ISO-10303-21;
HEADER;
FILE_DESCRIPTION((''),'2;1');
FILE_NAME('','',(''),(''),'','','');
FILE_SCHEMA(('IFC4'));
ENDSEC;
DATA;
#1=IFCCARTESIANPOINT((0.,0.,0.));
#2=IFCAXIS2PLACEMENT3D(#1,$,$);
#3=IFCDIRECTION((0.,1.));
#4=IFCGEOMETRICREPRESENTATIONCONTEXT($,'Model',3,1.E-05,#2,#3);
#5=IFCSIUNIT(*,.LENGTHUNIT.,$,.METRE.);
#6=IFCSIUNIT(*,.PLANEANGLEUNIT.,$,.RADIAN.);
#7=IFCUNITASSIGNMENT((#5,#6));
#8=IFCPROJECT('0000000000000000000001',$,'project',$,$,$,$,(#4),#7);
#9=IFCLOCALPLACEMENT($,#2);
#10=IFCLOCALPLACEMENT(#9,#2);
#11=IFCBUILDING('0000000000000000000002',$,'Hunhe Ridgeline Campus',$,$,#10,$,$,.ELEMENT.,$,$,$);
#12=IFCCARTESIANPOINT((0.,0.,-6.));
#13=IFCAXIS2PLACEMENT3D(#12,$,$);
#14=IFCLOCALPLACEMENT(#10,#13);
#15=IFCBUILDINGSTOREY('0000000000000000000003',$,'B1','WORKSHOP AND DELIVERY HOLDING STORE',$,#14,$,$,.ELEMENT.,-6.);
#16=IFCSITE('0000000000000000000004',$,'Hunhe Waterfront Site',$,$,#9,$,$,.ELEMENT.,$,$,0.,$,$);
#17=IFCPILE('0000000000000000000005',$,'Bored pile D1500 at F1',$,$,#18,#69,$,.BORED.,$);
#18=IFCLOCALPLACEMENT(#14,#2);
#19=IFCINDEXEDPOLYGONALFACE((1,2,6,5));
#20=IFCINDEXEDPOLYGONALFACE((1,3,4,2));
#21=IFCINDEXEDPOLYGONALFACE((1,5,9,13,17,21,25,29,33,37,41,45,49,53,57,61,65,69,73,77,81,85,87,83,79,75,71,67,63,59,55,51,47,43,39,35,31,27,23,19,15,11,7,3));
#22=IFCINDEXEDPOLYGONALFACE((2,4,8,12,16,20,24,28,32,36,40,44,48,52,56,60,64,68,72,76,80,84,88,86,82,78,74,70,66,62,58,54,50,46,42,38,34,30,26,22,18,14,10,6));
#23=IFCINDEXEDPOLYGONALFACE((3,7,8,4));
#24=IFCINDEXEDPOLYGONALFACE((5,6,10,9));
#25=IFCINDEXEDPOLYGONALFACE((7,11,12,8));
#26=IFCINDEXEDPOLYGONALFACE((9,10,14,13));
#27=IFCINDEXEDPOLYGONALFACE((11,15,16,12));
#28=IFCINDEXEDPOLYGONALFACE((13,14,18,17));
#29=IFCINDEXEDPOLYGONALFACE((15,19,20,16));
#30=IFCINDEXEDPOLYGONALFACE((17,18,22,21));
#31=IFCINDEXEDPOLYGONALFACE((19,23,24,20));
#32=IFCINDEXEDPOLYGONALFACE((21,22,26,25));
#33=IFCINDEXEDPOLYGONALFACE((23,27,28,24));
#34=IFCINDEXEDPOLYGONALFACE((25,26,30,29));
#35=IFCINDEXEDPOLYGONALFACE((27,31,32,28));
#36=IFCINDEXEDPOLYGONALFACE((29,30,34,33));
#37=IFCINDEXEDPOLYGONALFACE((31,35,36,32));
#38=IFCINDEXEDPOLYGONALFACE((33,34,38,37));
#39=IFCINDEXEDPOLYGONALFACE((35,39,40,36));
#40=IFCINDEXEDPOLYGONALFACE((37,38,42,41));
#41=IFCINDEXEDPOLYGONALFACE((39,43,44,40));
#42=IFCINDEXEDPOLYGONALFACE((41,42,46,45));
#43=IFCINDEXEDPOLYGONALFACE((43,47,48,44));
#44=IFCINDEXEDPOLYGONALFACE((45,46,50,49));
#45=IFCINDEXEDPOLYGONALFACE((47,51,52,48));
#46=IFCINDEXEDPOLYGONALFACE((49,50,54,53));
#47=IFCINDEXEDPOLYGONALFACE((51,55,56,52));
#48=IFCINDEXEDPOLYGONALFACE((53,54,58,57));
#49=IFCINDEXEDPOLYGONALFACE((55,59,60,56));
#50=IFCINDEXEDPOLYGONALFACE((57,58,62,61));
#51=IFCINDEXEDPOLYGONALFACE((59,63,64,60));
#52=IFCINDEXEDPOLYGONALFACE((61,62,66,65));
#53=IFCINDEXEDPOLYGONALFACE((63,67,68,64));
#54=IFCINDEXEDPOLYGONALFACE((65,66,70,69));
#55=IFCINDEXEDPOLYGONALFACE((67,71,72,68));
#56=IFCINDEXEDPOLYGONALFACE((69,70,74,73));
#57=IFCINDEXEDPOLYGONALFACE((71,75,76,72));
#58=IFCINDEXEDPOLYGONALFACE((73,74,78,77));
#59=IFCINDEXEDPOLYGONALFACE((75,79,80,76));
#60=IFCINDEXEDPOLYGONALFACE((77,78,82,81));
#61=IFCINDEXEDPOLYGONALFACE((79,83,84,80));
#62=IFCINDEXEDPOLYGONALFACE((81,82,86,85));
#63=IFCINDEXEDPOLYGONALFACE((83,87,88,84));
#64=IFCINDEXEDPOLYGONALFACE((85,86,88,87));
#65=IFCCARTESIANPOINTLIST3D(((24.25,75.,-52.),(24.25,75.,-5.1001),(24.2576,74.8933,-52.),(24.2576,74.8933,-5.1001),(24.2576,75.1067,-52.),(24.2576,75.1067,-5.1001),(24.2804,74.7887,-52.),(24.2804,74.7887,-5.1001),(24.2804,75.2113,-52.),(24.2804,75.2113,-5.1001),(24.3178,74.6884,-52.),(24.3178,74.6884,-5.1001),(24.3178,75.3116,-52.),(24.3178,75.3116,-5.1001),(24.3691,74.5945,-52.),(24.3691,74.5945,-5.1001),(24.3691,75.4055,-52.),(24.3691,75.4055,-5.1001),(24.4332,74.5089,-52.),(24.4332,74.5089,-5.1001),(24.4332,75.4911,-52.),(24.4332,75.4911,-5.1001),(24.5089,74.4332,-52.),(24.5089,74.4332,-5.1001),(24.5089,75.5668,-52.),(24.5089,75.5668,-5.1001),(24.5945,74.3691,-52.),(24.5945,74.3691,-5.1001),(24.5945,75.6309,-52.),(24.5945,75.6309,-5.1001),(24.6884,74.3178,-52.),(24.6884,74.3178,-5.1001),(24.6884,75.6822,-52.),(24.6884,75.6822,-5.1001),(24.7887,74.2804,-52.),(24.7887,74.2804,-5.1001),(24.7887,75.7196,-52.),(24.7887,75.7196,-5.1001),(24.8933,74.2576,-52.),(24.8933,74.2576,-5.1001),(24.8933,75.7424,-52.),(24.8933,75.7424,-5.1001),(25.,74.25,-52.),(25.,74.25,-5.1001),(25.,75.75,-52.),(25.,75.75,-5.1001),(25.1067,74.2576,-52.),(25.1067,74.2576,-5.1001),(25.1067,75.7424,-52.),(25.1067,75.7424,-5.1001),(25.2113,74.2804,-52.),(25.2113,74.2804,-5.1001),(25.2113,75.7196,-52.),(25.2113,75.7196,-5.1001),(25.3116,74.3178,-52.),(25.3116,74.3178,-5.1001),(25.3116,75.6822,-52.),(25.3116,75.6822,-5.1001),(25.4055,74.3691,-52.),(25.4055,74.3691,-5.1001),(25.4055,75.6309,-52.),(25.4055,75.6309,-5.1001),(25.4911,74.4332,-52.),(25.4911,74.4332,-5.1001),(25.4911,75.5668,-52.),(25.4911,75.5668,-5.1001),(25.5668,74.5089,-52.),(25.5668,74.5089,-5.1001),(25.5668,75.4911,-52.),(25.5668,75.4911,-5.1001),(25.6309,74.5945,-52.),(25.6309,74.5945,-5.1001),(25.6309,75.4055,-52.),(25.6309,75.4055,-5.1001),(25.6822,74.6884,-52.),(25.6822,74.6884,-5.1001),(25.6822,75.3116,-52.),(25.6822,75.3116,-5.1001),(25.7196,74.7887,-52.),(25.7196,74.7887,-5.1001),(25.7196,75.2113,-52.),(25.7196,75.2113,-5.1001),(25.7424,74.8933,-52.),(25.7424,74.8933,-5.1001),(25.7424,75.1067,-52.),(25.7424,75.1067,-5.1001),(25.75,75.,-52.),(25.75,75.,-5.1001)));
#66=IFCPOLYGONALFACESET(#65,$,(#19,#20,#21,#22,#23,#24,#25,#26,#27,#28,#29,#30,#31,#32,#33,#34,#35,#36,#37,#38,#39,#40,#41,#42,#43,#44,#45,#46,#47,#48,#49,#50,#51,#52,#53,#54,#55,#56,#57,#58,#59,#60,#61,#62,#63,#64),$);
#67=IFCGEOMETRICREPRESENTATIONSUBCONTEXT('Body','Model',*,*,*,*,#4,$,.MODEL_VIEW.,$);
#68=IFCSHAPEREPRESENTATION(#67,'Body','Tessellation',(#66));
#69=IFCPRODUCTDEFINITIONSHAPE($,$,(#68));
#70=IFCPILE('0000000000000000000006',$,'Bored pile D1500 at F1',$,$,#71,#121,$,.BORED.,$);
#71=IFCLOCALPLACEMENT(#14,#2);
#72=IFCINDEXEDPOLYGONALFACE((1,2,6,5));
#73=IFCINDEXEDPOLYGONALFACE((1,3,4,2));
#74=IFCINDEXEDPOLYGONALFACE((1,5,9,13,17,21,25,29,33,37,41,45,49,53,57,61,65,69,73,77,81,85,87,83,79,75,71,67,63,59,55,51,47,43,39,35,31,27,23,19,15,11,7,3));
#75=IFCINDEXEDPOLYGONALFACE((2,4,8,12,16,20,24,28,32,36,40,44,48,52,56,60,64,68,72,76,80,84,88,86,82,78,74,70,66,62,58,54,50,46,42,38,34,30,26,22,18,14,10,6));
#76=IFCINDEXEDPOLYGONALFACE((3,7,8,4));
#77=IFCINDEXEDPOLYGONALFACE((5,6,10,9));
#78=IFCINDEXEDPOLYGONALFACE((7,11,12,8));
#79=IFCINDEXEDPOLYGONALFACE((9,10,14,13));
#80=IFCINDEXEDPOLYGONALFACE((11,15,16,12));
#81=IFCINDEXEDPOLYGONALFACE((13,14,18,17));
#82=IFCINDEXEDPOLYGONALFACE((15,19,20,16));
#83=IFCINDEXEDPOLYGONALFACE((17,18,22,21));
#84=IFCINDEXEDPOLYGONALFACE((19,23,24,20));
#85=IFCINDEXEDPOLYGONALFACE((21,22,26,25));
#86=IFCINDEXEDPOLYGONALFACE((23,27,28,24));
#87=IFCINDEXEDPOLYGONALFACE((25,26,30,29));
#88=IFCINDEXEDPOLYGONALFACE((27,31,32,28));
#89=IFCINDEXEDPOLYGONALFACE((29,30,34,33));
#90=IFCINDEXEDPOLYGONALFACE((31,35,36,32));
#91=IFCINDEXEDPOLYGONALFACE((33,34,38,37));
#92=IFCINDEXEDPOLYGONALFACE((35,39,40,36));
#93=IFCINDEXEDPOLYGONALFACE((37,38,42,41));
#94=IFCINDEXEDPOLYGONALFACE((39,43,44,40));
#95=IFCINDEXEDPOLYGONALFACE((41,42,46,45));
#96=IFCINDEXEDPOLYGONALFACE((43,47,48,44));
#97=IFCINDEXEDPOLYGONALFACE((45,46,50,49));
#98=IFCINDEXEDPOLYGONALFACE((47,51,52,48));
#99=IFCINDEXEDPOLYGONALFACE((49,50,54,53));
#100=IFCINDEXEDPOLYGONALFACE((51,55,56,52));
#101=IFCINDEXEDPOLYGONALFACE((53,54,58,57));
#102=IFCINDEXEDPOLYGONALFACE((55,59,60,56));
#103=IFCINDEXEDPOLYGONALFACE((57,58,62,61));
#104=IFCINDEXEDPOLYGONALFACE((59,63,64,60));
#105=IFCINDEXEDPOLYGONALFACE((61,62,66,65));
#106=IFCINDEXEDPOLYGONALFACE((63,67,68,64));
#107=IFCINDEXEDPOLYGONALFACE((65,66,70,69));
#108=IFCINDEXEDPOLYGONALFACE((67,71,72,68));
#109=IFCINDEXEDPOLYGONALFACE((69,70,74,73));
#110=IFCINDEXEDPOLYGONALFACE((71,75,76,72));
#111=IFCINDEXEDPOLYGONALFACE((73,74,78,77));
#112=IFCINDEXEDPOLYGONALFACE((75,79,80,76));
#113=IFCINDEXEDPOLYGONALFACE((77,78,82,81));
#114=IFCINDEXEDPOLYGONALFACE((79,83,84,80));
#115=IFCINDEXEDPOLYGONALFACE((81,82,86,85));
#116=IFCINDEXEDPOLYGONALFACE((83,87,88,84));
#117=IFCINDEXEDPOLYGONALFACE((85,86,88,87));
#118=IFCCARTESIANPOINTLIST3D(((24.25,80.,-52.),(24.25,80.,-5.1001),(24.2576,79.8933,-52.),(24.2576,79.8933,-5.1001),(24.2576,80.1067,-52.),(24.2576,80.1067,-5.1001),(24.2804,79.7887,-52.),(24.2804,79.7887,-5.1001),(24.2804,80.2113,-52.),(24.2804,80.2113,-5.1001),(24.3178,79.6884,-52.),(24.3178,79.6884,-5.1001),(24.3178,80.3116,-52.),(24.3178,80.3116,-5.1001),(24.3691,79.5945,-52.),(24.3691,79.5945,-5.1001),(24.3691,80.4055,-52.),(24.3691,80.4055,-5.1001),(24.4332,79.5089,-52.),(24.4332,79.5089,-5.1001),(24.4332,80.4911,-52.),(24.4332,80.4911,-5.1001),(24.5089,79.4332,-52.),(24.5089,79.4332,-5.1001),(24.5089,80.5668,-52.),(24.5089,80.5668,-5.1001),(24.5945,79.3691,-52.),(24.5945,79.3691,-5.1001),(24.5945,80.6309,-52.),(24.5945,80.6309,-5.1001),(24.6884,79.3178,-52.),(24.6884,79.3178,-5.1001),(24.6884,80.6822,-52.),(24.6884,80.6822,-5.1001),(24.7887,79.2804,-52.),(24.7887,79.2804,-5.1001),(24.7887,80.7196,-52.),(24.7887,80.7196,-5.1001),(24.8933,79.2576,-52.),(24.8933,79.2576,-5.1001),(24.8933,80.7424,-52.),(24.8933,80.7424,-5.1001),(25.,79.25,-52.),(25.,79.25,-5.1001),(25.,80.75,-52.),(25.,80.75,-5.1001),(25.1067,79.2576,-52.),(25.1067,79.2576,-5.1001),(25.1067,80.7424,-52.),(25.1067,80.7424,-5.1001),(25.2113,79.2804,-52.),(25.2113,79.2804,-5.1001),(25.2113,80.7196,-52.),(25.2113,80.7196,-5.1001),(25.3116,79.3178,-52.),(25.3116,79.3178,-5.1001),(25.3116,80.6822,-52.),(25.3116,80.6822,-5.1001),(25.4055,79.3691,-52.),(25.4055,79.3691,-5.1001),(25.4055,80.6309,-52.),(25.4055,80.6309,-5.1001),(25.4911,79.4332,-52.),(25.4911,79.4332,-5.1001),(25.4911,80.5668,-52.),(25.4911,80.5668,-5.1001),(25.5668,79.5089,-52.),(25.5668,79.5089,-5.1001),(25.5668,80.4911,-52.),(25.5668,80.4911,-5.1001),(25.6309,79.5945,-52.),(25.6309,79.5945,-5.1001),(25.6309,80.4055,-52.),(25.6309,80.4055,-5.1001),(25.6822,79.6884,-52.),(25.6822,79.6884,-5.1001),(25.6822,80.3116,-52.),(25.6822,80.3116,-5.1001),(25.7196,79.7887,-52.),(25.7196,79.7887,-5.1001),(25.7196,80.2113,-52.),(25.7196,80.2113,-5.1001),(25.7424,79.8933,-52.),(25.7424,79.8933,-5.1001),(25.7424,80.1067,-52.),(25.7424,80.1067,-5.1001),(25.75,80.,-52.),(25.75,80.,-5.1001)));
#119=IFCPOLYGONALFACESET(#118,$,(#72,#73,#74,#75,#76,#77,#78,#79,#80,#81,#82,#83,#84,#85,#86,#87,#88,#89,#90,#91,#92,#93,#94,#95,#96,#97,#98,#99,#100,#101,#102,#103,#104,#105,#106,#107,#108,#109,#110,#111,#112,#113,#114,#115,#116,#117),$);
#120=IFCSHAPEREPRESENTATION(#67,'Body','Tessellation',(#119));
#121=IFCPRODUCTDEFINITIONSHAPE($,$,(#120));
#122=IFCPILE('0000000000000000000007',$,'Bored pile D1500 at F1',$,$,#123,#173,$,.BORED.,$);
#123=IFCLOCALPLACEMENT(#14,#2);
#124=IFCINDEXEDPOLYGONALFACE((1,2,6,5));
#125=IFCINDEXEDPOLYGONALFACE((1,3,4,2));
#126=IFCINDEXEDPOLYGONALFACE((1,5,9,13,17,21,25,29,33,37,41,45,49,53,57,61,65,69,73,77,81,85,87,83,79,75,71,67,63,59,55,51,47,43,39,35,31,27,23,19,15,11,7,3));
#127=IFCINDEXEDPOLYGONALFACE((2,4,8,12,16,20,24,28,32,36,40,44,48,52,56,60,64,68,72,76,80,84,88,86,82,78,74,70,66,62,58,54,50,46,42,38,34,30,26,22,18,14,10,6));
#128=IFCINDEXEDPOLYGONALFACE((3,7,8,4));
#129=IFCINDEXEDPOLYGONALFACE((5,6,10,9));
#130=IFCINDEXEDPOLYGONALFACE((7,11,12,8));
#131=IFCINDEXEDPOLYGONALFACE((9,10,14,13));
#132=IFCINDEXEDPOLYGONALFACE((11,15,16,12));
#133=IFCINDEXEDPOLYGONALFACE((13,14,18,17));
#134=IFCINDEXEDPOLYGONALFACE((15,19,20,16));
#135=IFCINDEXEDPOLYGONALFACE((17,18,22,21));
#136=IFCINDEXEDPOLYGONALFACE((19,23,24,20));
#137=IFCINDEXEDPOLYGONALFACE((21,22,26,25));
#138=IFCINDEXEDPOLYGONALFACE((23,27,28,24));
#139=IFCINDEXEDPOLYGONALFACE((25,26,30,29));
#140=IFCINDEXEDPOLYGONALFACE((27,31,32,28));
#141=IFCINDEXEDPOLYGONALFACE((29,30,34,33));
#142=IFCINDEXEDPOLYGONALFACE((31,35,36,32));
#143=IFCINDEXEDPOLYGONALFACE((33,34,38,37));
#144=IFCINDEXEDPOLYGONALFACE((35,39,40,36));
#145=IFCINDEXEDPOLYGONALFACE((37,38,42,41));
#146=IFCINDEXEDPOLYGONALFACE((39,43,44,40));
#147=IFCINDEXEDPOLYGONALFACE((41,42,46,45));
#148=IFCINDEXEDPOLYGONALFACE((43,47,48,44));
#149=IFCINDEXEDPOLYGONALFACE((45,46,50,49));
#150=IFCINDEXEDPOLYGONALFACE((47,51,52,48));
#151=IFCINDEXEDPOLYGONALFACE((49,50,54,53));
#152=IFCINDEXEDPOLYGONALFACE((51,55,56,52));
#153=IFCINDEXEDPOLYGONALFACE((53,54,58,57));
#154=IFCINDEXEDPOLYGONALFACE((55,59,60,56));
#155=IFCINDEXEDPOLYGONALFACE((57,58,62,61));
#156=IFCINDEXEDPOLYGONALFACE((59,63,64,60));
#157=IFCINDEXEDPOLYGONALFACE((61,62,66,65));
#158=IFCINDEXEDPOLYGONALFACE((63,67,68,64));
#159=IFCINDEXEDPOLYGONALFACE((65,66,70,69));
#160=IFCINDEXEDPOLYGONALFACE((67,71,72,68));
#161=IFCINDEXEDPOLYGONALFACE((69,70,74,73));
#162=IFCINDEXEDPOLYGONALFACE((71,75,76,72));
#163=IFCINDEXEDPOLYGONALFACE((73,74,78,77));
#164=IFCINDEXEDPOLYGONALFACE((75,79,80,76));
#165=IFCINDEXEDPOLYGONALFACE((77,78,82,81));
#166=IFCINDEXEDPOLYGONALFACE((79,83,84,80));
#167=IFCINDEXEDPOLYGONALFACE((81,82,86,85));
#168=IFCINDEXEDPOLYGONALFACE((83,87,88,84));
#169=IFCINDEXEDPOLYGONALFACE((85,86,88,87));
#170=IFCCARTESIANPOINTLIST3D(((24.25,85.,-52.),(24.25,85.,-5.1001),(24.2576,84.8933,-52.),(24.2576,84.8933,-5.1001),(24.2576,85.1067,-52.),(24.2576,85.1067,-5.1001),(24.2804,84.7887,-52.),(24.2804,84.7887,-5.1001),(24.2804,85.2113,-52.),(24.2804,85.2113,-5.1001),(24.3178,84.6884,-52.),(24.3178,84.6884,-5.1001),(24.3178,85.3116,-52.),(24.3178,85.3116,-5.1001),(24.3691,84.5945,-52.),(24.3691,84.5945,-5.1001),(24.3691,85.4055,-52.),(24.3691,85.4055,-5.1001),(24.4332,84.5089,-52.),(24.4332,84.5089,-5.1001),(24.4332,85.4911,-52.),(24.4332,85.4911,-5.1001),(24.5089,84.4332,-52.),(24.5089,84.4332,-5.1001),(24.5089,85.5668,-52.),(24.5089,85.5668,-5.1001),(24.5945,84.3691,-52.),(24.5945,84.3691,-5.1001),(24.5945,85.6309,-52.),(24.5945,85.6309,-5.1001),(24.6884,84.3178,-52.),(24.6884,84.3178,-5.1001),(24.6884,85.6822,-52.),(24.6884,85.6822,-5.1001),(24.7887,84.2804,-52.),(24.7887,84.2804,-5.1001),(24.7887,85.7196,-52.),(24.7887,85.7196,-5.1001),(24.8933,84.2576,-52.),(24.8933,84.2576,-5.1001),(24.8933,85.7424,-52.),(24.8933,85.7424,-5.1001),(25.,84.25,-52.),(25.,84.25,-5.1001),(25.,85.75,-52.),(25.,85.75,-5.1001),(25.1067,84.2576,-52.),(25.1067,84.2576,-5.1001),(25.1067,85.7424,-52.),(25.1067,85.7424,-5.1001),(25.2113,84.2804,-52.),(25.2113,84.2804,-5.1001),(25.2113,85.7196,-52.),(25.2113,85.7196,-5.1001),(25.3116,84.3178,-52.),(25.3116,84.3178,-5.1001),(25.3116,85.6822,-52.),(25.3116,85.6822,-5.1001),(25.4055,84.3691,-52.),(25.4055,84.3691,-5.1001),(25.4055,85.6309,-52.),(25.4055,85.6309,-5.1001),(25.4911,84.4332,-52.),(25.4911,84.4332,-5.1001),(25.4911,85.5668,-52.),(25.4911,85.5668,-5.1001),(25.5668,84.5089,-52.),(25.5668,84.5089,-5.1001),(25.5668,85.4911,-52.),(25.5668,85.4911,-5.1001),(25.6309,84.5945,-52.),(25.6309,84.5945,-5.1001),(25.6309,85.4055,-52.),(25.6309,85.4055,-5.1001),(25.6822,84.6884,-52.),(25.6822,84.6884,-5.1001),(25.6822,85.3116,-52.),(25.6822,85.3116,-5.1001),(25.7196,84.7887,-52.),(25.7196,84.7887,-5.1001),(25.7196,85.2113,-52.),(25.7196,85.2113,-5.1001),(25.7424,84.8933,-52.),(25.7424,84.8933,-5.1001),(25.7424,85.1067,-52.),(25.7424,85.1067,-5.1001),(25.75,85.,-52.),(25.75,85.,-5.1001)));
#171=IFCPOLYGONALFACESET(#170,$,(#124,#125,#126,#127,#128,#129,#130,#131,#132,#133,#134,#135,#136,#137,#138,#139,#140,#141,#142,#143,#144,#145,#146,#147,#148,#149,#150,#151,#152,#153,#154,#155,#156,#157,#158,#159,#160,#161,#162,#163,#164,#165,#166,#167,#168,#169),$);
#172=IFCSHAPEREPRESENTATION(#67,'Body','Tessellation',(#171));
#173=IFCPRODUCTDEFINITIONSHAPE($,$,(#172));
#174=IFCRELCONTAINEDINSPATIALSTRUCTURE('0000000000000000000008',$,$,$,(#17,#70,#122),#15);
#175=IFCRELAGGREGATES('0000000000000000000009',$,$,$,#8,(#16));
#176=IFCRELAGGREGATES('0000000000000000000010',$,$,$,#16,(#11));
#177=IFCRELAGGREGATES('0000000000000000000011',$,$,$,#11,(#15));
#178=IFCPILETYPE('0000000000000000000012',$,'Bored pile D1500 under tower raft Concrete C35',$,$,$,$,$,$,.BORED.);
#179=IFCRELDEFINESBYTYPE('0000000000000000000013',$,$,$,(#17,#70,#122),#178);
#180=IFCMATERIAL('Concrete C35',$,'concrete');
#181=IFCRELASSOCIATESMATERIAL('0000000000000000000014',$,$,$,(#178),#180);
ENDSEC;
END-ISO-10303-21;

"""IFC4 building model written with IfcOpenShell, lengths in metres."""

from ifc_helpers import new_model, si_unit, direction, frame, origin, origin_2d, place, context, subcontext, project, spatial, circle, extrude, material, material_profile, profile_set, type_object, element, save


model = new_model("IFC4")

# Units and contexts
model_context = context("Model", 3, precision=1e-05, world=origin(), true_north=direction((0.0, 1.0)))
body_context = subcontext(model_context, "Body", "Model", "MODEL_VIEW")
ifc_project = project(units=[si_unit("LENGTHUNIT", "METRE"), si_unit("PLANEANGLEUNIT", "RADIAN")], contexts=[model_context])

# Site, building, storey
site_placement = place(None, origin())
site = spatial("IfcSite", under=ifc_project, at=site_placement, Name="Hunhe Waterfront Site", CompositionType="ELEMENT", RefElevation=0.0)
building_placement = place(site_placement, origin())
building = spatial("IfcBuilding", under=site, at=building_placement, Name="Hunhe Ridgeline Campus", CompositionType="ELEMENT")
storey_placement = place(building_placement, frame((0.0, 0.0, -6.0)))
storey = spatial("IfcBuildingStorey", under=building, at=storey_placement, Name="B1", Description="WORKSHOP AND DELIVERY HOLDING STORE", CompositionType="ELEMENT", Elevation=-6.0)

# Piles
ifc_material_1 = material(Name="Concrete C35", Category="concrete")
ifc_material_profile = material_profile(ifc_material_1, circle(Radius=0.75, at=origin_2d()))
ifc_profile_set = profile_set([ifc_material_profile], Name="Concrete C35")
pile_type = type_object("IfcPileType", Name="Bored pile D1500 under tower raft Concrete C35", PredefinedType="BORED", material=ifc_profile_set)
for number, where, z_axis, x_axis, name in (
    (1, (25.0, 75.0, -5.1001), (0.0, 0.0, -1.0), (1.0, 0.0, 0.0), "Bored pile D1500 at F1"),
    (2, (25.0, 80.0, -5.1001), (0.0, 0.0, -1.0), (1.0, 0.0, 0.0), "Bored pile D1500 at F1"),
    (3, (25.0, 85.0, -5.1001), (0.0, 0.0, -1.0), (1.0, 0.0, 0.0), "Bored pile D1500 at F1"),
):
    element("IfcPile", number, at=place(storey_placement, frame(where, z_axis=z_axis, x_axis=x_axis)), inside=storey, type_object=pile_type, Name=name, PredefinedType="BORED", context=body_context, shape_type="SweptSolid", body=[
        extrude(circle(Radius=0.75, at=origin_2d()), origin(), (0.0, 0.0, 1.0), 46.8999),
    ])

save(model, "model.ifc")
